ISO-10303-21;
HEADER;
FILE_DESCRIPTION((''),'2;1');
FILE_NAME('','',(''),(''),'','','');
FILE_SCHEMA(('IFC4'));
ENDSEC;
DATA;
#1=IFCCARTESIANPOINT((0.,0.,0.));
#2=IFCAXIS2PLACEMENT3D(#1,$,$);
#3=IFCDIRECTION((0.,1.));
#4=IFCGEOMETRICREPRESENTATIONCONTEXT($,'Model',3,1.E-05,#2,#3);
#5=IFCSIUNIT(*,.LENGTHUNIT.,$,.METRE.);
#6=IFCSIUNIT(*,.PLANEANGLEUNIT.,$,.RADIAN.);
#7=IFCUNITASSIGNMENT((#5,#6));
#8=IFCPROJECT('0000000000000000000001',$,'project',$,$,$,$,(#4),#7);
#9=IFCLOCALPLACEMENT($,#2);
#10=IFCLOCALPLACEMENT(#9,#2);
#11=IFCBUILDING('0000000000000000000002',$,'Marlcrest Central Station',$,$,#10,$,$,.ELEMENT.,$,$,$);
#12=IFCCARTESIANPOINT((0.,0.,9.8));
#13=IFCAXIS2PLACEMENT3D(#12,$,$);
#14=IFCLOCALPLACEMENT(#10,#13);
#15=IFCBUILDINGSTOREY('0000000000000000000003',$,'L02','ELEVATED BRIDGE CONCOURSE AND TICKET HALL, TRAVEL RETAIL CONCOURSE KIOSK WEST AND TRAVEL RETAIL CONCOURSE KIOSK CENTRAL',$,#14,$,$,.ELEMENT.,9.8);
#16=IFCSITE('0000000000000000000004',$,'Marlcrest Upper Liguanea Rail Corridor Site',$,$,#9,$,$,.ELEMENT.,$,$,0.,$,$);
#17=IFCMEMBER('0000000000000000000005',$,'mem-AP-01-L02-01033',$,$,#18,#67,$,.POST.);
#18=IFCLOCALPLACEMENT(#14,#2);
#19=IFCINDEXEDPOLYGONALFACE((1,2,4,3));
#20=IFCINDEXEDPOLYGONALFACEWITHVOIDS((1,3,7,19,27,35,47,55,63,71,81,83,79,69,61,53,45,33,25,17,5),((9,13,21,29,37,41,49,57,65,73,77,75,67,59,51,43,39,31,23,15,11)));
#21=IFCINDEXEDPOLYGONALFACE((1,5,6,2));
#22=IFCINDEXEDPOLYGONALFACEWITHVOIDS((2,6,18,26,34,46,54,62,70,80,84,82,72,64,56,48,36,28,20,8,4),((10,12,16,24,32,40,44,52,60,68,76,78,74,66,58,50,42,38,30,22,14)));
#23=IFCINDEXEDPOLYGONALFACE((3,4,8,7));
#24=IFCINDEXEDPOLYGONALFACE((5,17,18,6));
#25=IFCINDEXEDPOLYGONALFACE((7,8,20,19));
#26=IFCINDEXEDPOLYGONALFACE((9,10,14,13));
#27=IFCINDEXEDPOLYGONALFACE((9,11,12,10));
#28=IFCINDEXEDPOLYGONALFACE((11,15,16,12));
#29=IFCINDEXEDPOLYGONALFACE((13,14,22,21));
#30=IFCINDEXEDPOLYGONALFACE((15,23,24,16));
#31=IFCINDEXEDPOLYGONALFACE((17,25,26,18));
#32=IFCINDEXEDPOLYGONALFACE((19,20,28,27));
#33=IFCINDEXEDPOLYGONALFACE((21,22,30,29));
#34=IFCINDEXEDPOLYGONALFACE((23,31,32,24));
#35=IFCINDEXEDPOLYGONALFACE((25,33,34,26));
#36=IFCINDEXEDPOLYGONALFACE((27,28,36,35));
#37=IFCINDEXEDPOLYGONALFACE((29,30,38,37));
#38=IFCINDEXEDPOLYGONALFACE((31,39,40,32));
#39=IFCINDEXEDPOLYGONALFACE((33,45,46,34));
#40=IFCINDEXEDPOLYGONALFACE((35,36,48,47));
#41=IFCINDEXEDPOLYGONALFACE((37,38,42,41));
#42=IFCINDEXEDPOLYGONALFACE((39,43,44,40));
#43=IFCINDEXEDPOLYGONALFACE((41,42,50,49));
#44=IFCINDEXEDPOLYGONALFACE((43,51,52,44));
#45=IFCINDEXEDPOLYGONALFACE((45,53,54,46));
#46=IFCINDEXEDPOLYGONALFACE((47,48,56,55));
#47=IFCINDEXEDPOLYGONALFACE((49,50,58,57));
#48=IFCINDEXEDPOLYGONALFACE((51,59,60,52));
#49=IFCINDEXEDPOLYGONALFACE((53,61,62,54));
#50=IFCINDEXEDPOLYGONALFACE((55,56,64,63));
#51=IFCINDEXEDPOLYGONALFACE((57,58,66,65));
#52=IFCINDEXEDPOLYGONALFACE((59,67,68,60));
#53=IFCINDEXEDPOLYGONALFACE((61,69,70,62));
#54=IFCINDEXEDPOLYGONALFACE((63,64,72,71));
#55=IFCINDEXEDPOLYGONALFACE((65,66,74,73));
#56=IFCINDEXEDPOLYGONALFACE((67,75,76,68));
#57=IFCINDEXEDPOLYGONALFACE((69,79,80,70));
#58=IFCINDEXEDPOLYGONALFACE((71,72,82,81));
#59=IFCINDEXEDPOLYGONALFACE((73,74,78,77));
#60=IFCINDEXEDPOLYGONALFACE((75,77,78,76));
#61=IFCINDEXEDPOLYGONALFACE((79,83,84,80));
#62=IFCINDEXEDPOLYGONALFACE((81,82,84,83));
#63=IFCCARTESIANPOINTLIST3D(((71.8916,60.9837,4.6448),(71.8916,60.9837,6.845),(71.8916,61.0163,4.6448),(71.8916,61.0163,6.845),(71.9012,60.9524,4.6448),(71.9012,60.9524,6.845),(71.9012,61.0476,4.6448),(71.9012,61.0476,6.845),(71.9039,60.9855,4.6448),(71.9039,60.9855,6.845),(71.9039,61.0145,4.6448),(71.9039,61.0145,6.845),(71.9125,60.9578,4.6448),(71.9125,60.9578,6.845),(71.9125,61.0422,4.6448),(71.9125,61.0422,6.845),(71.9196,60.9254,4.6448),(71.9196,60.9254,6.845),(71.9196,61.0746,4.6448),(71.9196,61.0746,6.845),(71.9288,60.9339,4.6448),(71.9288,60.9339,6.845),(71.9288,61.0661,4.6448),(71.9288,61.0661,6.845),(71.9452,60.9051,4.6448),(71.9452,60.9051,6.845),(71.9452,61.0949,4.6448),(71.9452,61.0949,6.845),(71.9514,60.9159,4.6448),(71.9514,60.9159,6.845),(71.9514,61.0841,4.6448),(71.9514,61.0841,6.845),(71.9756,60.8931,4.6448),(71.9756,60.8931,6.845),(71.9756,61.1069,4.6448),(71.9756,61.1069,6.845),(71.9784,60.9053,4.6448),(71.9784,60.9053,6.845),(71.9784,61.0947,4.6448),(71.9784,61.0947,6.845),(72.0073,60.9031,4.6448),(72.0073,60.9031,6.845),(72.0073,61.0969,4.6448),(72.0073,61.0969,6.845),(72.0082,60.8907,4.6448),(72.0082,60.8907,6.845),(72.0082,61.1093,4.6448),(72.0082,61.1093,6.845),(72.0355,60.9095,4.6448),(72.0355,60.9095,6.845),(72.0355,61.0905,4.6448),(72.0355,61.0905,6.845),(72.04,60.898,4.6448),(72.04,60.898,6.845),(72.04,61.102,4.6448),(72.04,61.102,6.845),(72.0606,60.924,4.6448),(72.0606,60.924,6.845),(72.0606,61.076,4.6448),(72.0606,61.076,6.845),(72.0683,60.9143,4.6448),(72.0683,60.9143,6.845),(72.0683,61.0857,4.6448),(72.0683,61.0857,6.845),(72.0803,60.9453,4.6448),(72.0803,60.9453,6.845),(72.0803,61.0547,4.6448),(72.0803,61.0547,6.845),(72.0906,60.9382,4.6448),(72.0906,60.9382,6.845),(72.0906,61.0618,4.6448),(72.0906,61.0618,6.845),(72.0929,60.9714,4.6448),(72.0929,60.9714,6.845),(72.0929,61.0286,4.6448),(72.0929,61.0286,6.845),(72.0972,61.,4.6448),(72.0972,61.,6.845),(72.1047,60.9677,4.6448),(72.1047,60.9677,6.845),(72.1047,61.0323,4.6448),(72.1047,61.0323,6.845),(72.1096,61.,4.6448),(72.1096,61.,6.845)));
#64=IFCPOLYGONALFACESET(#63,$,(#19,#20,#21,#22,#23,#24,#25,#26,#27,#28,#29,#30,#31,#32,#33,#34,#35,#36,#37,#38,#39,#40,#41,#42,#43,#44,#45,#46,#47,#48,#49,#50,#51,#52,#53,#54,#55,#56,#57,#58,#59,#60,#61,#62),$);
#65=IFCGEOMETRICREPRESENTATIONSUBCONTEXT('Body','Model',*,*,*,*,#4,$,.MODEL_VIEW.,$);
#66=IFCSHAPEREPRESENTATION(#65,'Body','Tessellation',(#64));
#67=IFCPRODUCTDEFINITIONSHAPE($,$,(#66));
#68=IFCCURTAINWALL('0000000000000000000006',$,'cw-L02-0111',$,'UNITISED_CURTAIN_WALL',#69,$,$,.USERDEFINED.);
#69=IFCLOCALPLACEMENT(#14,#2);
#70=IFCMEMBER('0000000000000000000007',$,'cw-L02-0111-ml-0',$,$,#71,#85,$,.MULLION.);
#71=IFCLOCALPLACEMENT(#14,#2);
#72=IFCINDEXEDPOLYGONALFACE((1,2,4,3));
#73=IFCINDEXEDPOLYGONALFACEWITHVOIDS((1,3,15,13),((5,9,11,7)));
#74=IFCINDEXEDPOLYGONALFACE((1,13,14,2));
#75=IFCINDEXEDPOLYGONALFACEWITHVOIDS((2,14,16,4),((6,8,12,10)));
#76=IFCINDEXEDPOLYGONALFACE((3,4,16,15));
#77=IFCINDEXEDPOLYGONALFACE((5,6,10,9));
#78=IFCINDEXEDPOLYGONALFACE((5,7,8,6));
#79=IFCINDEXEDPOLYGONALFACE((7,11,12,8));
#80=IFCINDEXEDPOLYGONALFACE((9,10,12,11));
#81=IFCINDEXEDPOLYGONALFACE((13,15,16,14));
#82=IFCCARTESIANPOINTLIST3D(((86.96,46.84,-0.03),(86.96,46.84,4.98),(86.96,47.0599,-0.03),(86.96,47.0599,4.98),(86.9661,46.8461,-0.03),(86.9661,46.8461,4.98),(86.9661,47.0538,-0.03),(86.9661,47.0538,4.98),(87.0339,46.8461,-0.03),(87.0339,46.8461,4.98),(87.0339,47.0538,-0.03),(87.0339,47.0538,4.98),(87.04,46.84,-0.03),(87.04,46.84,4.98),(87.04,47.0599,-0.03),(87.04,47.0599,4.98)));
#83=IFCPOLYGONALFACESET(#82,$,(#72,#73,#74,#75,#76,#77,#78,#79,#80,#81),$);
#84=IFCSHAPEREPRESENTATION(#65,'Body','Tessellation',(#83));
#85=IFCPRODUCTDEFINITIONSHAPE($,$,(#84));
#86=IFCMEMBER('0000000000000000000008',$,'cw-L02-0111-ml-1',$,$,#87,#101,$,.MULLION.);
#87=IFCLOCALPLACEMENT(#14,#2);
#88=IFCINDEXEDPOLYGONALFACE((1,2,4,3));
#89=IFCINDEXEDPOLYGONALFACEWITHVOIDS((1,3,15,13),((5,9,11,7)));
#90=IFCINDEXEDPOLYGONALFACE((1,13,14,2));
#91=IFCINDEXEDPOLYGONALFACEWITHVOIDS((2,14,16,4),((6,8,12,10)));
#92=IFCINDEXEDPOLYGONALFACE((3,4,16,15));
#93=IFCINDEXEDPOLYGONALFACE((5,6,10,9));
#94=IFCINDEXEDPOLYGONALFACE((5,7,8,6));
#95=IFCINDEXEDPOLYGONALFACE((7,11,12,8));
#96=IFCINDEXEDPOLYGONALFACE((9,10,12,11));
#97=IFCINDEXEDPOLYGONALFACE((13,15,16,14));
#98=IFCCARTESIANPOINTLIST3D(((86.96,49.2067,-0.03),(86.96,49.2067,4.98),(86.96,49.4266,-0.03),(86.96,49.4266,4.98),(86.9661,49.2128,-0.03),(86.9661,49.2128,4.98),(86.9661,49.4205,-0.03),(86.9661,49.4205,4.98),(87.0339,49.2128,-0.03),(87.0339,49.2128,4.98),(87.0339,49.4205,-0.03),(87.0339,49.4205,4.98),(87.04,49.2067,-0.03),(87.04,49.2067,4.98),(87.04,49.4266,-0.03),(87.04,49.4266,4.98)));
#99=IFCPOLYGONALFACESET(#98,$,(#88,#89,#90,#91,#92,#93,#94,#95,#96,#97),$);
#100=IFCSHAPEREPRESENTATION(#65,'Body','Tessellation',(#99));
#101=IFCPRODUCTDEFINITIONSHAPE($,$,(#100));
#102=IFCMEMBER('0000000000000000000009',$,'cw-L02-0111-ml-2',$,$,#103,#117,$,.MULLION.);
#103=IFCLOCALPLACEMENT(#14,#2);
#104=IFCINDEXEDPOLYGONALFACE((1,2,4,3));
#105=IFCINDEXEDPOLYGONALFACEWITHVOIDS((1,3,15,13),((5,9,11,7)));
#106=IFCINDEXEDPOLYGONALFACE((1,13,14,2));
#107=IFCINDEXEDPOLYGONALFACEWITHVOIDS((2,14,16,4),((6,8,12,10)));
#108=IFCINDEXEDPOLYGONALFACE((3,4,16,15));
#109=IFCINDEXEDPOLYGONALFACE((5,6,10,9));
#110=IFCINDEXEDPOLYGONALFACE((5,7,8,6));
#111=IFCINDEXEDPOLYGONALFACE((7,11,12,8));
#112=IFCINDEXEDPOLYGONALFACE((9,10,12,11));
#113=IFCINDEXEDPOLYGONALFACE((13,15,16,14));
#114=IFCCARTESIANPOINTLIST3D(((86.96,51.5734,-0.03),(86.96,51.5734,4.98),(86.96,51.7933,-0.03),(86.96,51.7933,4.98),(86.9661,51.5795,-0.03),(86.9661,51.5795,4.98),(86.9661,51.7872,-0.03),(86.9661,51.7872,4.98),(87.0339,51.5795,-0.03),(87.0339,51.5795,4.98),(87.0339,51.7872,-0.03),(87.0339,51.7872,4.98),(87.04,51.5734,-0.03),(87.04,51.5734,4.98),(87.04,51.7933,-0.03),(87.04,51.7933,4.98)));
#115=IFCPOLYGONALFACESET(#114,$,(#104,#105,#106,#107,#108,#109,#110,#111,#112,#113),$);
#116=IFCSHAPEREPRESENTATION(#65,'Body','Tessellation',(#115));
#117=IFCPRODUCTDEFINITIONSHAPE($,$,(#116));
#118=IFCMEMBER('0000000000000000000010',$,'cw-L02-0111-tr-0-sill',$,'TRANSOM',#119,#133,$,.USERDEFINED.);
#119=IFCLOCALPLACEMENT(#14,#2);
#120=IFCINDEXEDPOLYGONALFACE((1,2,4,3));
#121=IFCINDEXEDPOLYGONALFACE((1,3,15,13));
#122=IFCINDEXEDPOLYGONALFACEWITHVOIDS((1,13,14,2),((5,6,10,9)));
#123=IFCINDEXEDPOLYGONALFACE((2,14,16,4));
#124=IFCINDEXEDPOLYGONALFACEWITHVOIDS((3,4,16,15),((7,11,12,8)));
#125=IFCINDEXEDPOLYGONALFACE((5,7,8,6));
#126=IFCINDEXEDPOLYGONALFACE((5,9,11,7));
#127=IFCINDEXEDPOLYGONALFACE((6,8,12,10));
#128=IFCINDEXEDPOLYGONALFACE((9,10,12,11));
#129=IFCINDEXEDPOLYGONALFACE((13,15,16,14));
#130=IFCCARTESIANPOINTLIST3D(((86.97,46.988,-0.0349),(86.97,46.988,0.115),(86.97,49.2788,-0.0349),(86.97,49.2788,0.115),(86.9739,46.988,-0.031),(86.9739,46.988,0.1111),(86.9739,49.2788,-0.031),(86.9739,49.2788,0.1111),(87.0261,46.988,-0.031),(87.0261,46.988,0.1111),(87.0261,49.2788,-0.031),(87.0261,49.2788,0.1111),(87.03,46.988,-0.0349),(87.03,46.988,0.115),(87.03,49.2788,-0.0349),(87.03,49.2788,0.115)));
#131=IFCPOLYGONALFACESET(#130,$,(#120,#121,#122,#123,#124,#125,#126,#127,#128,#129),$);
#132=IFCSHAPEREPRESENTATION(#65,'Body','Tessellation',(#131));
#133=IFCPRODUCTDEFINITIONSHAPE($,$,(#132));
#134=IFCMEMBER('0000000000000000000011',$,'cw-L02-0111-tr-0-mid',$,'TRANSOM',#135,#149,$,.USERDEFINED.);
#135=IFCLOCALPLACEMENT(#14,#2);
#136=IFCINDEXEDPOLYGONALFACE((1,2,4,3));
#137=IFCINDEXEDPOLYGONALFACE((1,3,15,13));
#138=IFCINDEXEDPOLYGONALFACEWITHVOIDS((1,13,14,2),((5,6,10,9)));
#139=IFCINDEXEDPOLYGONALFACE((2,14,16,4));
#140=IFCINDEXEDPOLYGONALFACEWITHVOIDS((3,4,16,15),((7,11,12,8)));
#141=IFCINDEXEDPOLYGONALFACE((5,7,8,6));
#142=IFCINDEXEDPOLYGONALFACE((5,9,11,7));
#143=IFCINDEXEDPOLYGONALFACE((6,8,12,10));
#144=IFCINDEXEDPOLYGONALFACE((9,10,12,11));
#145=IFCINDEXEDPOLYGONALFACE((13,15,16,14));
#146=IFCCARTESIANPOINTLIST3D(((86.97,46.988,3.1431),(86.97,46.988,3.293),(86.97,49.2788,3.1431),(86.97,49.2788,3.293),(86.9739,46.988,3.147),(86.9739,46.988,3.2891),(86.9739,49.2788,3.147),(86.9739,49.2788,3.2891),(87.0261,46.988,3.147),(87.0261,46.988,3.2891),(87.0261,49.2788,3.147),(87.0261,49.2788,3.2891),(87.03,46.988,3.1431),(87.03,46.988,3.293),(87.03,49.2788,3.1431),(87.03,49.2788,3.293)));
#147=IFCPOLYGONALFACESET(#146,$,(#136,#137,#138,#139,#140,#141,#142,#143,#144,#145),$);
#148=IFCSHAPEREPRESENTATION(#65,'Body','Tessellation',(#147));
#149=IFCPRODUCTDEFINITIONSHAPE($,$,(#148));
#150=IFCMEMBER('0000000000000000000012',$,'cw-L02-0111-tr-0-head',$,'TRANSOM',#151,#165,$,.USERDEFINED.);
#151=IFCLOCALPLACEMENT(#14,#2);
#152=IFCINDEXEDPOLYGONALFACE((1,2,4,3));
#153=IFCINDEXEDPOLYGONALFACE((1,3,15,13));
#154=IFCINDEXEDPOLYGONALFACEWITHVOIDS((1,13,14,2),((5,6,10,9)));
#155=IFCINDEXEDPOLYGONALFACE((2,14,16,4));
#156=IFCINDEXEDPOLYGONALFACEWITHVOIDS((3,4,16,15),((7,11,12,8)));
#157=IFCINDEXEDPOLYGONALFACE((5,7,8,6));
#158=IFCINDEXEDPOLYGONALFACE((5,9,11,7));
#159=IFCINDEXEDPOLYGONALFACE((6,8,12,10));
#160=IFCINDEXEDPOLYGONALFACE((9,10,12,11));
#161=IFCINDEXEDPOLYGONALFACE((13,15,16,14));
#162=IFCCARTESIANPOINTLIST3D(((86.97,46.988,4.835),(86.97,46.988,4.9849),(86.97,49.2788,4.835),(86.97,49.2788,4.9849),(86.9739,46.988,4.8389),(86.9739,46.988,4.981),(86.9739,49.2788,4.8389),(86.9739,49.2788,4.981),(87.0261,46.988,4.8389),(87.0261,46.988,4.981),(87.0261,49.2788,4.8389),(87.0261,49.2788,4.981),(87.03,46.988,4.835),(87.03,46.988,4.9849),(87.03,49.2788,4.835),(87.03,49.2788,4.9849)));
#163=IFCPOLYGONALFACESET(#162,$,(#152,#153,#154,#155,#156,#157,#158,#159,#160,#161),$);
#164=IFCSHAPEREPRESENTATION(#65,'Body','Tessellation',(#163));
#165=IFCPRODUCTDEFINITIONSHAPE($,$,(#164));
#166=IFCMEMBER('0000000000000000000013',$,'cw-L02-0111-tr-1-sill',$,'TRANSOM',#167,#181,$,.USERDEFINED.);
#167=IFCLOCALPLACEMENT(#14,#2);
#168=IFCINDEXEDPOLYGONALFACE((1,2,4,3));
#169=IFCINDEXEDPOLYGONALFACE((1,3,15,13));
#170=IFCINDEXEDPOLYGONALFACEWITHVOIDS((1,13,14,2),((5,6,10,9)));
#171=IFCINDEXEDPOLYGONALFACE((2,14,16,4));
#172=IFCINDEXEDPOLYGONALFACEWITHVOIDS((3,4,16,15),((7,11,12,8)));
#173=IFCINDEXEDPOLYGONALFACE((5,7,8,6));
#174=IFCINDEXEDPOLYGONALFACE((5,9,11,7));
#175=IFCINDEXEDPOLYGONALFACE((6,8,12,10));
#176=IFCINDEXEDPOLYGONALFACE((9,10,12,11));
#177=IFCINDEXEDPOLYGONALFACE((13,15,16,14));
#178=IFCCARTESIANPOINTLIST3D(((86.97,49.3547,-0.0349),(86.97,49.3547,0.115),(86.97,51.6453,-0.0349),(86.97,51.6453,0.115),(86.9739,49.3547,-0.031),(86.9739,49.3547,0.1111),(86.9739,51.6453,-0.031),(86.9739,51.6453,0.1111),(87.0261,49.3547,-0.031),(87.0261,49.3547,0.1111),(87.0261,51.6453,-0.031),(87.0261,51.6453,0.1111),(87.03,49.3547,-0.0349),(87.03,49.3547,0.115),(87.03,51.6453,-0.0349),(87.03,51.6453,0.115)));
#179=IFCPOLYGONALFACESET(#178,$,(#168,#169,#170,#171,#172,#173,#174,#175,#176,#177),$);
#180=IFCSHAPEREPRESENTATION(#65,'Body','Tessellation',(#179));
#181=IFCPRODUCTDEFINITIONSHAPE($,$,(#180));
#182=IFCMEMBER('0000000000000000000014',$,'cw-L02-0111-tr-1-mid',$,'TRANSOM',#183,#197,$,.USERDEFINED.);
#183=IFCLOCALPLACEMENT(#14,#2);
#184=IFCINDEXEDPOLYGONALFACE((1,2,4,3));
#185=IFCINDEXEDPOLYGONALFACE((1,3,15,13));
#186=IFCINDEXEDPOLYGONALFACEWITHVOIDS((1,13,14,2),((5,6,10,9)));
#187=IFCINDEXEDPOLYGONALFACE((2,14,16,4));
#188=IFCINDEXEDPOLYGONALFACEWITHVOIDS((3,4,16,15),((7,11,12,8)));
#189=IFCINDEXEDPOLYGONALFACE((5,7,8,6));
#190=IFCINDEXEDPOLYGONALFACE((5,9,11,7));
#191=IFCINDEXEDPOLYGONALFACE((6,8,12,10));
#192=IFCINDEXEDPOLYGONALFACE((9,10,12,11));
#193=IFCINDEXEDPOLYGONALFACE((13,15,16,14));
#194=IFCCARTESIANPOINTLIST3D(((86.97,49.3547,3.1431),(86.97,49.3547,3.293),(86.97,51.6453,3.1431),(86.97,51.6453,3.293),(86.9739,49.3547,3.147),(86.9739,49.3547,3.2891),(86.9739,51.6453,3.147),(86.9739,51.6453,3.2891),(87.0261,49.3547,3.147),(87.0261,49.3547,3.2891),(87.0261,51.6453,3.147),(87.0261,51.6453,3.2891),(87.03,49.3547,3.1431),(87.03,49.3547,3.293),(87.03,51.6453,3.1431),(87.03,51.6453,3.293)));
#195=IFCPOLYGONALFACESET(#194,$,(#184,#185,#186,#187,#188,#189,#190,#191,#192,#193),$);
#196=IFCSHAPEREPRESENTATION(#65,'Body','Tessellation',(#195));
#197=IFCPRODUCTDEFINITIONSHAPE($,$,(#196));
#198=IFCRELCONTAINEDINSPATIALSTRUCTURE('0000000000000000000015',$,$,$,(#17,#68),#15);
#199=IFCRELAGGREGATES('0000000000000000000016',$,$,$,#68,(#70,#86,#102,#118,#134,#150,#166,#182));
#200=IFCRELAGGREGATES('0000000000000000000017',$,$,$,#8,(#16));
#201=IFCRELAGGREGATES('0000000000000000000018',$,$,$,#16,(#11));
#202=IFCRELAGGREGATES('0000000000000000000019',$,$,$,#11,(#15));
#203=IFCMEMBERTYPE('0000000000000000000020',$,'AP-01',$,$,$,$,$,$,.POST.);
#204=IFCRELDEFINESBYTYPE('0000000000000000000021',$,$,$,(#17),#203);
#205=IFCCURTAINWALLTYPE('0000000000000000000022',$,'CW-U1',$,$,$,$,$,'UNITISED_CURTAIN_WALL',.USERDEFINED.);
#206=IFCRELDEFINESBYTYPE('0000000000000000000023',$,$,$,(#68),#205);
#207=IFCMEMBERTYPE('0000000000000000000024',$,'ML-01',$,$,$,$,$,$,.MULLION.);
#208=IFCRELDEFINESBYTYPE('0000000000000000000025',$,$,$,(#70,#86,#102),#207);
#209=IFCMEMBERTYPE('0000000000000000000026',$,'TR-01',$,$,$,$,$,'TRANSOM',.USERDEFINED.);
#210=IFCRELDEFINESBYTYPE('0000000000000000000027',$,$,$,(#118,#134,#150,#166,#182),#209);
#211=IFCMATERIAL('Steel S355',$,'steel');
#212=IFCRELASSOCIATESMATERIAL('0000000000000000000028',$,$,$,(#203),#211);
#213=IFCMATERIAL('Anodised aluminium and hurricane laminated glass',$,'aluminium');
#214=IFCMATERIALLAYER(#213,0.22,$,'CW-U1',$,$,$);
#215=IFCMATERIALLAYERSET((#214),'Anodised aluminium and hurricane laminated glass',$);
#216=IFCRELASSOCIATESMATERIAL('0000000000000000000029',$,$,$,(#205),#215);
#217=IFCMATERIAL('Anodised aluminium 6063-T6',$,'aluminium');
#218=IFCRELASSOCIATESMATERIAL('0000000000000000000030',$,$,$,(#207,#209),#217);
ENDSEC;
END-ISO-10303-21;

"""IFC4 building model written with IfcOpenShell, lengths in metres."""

from ifc_helpers import new_model, si_unit, direction, frame, origin, origin_2d, place, context, subcontext, project, spatial, hollow_rectangle, hollow_circle, extrude, material, layer, layer_set, material_profile, profile_set, type_object, element, aggregate, save


model = new_model("IFC4")

# Units and contexts
model_context = context("Model", 3, precision=1e-05, world=origin(), true_north=direction((0.0, 1.0)))
body_context = subcontext(model_context, "Body", "Model", "MODEL_VIEW")
ifc_project = project(units=[si_unit("LENGTHUNIT", "METRE"), si_unit("PLANEANGLEUNIT", "RADIAN")], contexts=[model_context])

# Site, building, storey
site_placement = place(None, origin())
site = spatial("IfcSite", under=ifc_project, at=site_placement, Name="Marlcrest Upper Liguanea Rail Corridor Site", CompositionType="ELEMENT", RefElevation=0.0)
building_placement = place(site_placement, origin())
building = spatial("IfcBuilding", under=site, at=building_placement, Name="Marlcrest Central Station", CompositionType="ELEMENT")
storey_placement = place(building_placement, frame((0.0, 0.0, 9.8)))
storey = spatial("IfcBuildingStorey", under=building, at=storey_placement, Name="L02", Description="ELEVATED BRIDGE CONCOURSE AND TICKET HALL, TRAVEL RETAIL CONCOURSE KIOSK WEST AND TRAVEL RETAIL CONCOURSE KIOSK CENTRAL", CompositionType="ELEMENT", Elevation=9.8)

# Shared definitions
ifc_material_1 = material(Name="Steel S355", Category="steel")

# Member
ifc_material_profile_1 = material_profile(ifc_material_1, hollow_circle(Radius=0.1096, WallThickness=0.0125, at=origin_2d()), Name="CHS 219.1x12.5")
ifc_profile_set_1 = profile_set([ifc_material_profile_1], Name="Steel S355")
member_type_1 = type_object("IfcMemberType", Name="AP-01", PredefinedType="POST", material=ifc_profile_set_1)
member_1_placement = place(storey_placement, frame((72.0, 61.0, 4.6448), z_axis=(0.0, 0.0, 1.0), x_axis=(1.0, 0.0, 0.0)))
element("IfcMember", 1, at=member_1_placement, inside=storey, type_object=member_type_1, Name="mem-AP-01-L02-01033", PredefinedType="POST", context=body_context, shape_type="SweptSolid", body=[
    extrude(hollow_circle(Radius=0.1096, WallThickness=0.0125, at=origin_2d()), origin(), (0.0, 0.0, 1.0), 2.2002),
])

# Curtain wall, members
ifc_material_2 = material(Name="Anodised aluminium and hurricane laminated glass", Category="aluminium")
ifc_layer_1 = layer(ifc_material_2, 0.22, Name="CW-U1")
ifc_layer_set_1 = layer_set([ifc_layer_1], Name="Anodised aluminium and hurricane laminated glass")
curtain_wall_type = type_object("IfcCurtainWallType", Name="CW-U1", ElementType="UNITISED_CURTAIN_WALL", PredefinedType="USERDEFINED", material=ifc_layer_set_1)
curtain_wall_placement = place(storey_placement, origin())
curtain_wall = element("IfcCurtainWall", 2, at=curtain_wall_placement, inside=storey, type_object=curtain_wall_type, Name="cw-L02-0111", ObjectType="UNITISED_CURTAIN_WALL", PredefinedType="USERDEFINED")
ifc_material_3 = material(Name="Anodised aluminium 6063-T6", Category="aluminium")
ifc_material_profile_2 = material_profile(ifc_material_3, hollow_rectangle(XDim=0.0801, YDim=0.22, WallThickness=0.0061, at=origin_2d()), Name="AA-RHS 220x80x6")
ifc_profile_set_2 = profile_set([ifc_material_profile_2], Name="Anodised aluminium 6063-T6")
member_type_2 = type_object("IfcMemberType", Name="ML-01", PredefinedType="MULLION", material=ifc_profile_set_2)
member_2_placement = place(storey_placement, frame((87.0, 46.95, -0.03), z_axis=(0.0, 0.0, 1.0), x_axis=(1.0, 0.0, 0.0)))
member_2 = element("IfcMember", 3, at=member_2_placement, type_object=member_type_2, Name="cw-L02-0111-ml-0", PredefinedType="MULLION", context=body_context, shape_type="SweptSolid", body=[
    extrude(hollow_rectangle(XDim=0.0801, YDim=0.22, WallThickness=0.0061, at=origin_2d()), origin(), (0.0, 0.0, 1.0), 5.01),
])
member_3_placement = place(storey_placement, frame((87.0, 49.3167, -0.03), z_axis=(0.0, 0.0, 1.0), x_axis=(1.0, 0.0, 0.0)))
member_3 = element("IfcMember", 4, at=member_3_placement, type_object=member_type_2, Name="cw-L02-0111-ml-1", PredefinedType="MULLION", context=body_context, shape_type="SweptSolid", body=[
    extrude(hollow_rectangle(XDim=0.0801, YDim=0.22, WallThickness=0.0061, at=origin_2d()), origin(), (0.0, 0.0, 1.0), 5.01),
])
member_4_placement = place(storey_placement, frame((87.0, 51.6833, -0.03), z_axis=(0.0, 0.0, 1.0), x_axis=(1.0, 0.0, 0.0)))
member_4 = element("IfcMember", 5, at=member_4_placement, type_object=member_type_2, Name="cw-L02-0111-ml-2", PredefinedType="MULLION", context=body_context, shape_type="SweptSolid", body=[
    extrude(hollow_rectangle(XDim=0.0801, YDim=0.22, WallThickness=0.0061, at=origin_2d()), origin(), (0.0, 0.0, 1.0), 5.01),
])
ifc_material_profile_3 = material_profile(ifc_material_3, hollow_rectangle(XDim=0.0601, YDim=0.1499, WallThickness=0.0039, at=origin_2d()), Name="AA-RHS 150x60x4")
ifc_profile_set_3 = profile_set([ifc_material_profile_3], Name="Anodised aluminium 6063-T6")
member_type_3 = type_object("IfcMemberType", Name="TR-01", ElementType="TRANSOM", PredefinedType="USERDEFINED", material=ifc_profile_set_3)
member_5_placement = place(storey_placement, frame((87.0, 46.988, 0.04), z_axis=(0.0, 1.0, 0.0), x_axis=(-1.0, 0.0, 0.0)))
member_5 = element("IfcMember", 6, at=member_5_placement, type_object=member_type_3, Name="cw-L02-0111-tr-0-sill", ObjectType="TRANSOM", PredefinedType="USERDEFINED", context=body_context, shape_type="SweptSolid", body=[
    extrude(hollow_rectangle(XDim=0.0601, YDim=0.1499, WallThickness=0.0039, at=origin_2d()), origin(), (0.0, 0.0, 1.0), 2.2908),
])
member_6_placement = place(storey_placement, frame((87.0, 46.988, 3.218), z_axis=(0.0, 1.0, 0.0), x_axis=(-1.0, 0.0, 0.0)))
member_6 = element("IfcMember", 7, at=member_6_placement, type_object=member_type_3, Name="cw-L02-0111-tr-0-mid", ObjectType="TRANSOM", PredefinedType="USERDEFINED", context=body_context, shape_type="SweptSolid", body=[
    extrude(hollow_rectangle(XDim=0.0601, YDim=0.1499, WallThickness=0.0039, at=origin_2d()), origin(), (0.0, 0.0, 1.0), 2.2908),
])
member_7_placement = place(storey_placement, frame((87.0, 46.988, 4.9099), z_axis=(0.0, 1.0, 0.0), x_axis=(-1.0, 0.0, 0.0)))
member_7 = element("IfcMember", 8, at=member_7_placement, type_object=member_type_3, Name="cw-L02-0111-tr-0-head", ObjectType="TRANSOM", PredefinedType="USERDEFINED", context=body_context, shape_type="SweptSolid", body=[
    extrude(hollow_rectangle(XDim=0.0601, YDim=0.1499, WallThickness=0.0039, at=origin_2d()), origin(), (0.0, 0.0, 1.0), 2.2908),
])
member_8_placement = place(storey_placement, frame((87.0, 49.3547, 0.04), z_axis=(0.0, 1.0, 0.0), x_axis=(-1.0, 0.0, 0.0)))
member_8 = element("IfcMember", 9, at=member_8_placement, type_object=member_type_3, Name="cw-L02-0111-tr-1-sill", ObjectType="TRANSOM", PredefinedType="USERDEFINED", context=body_context, shape_type="SweptSolid", body=[
    extrude(hollow_rectangle(XDim=0.0601, YDim=0.1499, WallThickness=0.0039, at=origin_2d()), origin(), (0.0, 0.0, 1.0), 2.2905),
])
member_9_placement = place(storey_placement, frame((87.0, 49.3547, 3.218), z_axis=(0.0, 1.0, 0.0), x_axis=(-1.0, 0.0, 0.0)))
member_9 = element("IfcMember", 10, at=member_9_placement, type_object=member_type_3, Name="cw-L02-0111-tr-1-mid", ObjectType="TRANSOM", PredefinedType="USERDEFINED", context=body_context, shape_type="SweptSolid", body=[
    extrude(hollow_rectangle(XDim=0.0601, YDim=0.1499, WallThickness=0.0039, at=origin_2d()), origin(), (0.0, 0.0, 1.0), 2.2905),
])
aggregate(curtain_wall, [member_2, member_3, member_4, member_5, member_6, member_7, member_8, member_9])

save(model, "model.ifc")
